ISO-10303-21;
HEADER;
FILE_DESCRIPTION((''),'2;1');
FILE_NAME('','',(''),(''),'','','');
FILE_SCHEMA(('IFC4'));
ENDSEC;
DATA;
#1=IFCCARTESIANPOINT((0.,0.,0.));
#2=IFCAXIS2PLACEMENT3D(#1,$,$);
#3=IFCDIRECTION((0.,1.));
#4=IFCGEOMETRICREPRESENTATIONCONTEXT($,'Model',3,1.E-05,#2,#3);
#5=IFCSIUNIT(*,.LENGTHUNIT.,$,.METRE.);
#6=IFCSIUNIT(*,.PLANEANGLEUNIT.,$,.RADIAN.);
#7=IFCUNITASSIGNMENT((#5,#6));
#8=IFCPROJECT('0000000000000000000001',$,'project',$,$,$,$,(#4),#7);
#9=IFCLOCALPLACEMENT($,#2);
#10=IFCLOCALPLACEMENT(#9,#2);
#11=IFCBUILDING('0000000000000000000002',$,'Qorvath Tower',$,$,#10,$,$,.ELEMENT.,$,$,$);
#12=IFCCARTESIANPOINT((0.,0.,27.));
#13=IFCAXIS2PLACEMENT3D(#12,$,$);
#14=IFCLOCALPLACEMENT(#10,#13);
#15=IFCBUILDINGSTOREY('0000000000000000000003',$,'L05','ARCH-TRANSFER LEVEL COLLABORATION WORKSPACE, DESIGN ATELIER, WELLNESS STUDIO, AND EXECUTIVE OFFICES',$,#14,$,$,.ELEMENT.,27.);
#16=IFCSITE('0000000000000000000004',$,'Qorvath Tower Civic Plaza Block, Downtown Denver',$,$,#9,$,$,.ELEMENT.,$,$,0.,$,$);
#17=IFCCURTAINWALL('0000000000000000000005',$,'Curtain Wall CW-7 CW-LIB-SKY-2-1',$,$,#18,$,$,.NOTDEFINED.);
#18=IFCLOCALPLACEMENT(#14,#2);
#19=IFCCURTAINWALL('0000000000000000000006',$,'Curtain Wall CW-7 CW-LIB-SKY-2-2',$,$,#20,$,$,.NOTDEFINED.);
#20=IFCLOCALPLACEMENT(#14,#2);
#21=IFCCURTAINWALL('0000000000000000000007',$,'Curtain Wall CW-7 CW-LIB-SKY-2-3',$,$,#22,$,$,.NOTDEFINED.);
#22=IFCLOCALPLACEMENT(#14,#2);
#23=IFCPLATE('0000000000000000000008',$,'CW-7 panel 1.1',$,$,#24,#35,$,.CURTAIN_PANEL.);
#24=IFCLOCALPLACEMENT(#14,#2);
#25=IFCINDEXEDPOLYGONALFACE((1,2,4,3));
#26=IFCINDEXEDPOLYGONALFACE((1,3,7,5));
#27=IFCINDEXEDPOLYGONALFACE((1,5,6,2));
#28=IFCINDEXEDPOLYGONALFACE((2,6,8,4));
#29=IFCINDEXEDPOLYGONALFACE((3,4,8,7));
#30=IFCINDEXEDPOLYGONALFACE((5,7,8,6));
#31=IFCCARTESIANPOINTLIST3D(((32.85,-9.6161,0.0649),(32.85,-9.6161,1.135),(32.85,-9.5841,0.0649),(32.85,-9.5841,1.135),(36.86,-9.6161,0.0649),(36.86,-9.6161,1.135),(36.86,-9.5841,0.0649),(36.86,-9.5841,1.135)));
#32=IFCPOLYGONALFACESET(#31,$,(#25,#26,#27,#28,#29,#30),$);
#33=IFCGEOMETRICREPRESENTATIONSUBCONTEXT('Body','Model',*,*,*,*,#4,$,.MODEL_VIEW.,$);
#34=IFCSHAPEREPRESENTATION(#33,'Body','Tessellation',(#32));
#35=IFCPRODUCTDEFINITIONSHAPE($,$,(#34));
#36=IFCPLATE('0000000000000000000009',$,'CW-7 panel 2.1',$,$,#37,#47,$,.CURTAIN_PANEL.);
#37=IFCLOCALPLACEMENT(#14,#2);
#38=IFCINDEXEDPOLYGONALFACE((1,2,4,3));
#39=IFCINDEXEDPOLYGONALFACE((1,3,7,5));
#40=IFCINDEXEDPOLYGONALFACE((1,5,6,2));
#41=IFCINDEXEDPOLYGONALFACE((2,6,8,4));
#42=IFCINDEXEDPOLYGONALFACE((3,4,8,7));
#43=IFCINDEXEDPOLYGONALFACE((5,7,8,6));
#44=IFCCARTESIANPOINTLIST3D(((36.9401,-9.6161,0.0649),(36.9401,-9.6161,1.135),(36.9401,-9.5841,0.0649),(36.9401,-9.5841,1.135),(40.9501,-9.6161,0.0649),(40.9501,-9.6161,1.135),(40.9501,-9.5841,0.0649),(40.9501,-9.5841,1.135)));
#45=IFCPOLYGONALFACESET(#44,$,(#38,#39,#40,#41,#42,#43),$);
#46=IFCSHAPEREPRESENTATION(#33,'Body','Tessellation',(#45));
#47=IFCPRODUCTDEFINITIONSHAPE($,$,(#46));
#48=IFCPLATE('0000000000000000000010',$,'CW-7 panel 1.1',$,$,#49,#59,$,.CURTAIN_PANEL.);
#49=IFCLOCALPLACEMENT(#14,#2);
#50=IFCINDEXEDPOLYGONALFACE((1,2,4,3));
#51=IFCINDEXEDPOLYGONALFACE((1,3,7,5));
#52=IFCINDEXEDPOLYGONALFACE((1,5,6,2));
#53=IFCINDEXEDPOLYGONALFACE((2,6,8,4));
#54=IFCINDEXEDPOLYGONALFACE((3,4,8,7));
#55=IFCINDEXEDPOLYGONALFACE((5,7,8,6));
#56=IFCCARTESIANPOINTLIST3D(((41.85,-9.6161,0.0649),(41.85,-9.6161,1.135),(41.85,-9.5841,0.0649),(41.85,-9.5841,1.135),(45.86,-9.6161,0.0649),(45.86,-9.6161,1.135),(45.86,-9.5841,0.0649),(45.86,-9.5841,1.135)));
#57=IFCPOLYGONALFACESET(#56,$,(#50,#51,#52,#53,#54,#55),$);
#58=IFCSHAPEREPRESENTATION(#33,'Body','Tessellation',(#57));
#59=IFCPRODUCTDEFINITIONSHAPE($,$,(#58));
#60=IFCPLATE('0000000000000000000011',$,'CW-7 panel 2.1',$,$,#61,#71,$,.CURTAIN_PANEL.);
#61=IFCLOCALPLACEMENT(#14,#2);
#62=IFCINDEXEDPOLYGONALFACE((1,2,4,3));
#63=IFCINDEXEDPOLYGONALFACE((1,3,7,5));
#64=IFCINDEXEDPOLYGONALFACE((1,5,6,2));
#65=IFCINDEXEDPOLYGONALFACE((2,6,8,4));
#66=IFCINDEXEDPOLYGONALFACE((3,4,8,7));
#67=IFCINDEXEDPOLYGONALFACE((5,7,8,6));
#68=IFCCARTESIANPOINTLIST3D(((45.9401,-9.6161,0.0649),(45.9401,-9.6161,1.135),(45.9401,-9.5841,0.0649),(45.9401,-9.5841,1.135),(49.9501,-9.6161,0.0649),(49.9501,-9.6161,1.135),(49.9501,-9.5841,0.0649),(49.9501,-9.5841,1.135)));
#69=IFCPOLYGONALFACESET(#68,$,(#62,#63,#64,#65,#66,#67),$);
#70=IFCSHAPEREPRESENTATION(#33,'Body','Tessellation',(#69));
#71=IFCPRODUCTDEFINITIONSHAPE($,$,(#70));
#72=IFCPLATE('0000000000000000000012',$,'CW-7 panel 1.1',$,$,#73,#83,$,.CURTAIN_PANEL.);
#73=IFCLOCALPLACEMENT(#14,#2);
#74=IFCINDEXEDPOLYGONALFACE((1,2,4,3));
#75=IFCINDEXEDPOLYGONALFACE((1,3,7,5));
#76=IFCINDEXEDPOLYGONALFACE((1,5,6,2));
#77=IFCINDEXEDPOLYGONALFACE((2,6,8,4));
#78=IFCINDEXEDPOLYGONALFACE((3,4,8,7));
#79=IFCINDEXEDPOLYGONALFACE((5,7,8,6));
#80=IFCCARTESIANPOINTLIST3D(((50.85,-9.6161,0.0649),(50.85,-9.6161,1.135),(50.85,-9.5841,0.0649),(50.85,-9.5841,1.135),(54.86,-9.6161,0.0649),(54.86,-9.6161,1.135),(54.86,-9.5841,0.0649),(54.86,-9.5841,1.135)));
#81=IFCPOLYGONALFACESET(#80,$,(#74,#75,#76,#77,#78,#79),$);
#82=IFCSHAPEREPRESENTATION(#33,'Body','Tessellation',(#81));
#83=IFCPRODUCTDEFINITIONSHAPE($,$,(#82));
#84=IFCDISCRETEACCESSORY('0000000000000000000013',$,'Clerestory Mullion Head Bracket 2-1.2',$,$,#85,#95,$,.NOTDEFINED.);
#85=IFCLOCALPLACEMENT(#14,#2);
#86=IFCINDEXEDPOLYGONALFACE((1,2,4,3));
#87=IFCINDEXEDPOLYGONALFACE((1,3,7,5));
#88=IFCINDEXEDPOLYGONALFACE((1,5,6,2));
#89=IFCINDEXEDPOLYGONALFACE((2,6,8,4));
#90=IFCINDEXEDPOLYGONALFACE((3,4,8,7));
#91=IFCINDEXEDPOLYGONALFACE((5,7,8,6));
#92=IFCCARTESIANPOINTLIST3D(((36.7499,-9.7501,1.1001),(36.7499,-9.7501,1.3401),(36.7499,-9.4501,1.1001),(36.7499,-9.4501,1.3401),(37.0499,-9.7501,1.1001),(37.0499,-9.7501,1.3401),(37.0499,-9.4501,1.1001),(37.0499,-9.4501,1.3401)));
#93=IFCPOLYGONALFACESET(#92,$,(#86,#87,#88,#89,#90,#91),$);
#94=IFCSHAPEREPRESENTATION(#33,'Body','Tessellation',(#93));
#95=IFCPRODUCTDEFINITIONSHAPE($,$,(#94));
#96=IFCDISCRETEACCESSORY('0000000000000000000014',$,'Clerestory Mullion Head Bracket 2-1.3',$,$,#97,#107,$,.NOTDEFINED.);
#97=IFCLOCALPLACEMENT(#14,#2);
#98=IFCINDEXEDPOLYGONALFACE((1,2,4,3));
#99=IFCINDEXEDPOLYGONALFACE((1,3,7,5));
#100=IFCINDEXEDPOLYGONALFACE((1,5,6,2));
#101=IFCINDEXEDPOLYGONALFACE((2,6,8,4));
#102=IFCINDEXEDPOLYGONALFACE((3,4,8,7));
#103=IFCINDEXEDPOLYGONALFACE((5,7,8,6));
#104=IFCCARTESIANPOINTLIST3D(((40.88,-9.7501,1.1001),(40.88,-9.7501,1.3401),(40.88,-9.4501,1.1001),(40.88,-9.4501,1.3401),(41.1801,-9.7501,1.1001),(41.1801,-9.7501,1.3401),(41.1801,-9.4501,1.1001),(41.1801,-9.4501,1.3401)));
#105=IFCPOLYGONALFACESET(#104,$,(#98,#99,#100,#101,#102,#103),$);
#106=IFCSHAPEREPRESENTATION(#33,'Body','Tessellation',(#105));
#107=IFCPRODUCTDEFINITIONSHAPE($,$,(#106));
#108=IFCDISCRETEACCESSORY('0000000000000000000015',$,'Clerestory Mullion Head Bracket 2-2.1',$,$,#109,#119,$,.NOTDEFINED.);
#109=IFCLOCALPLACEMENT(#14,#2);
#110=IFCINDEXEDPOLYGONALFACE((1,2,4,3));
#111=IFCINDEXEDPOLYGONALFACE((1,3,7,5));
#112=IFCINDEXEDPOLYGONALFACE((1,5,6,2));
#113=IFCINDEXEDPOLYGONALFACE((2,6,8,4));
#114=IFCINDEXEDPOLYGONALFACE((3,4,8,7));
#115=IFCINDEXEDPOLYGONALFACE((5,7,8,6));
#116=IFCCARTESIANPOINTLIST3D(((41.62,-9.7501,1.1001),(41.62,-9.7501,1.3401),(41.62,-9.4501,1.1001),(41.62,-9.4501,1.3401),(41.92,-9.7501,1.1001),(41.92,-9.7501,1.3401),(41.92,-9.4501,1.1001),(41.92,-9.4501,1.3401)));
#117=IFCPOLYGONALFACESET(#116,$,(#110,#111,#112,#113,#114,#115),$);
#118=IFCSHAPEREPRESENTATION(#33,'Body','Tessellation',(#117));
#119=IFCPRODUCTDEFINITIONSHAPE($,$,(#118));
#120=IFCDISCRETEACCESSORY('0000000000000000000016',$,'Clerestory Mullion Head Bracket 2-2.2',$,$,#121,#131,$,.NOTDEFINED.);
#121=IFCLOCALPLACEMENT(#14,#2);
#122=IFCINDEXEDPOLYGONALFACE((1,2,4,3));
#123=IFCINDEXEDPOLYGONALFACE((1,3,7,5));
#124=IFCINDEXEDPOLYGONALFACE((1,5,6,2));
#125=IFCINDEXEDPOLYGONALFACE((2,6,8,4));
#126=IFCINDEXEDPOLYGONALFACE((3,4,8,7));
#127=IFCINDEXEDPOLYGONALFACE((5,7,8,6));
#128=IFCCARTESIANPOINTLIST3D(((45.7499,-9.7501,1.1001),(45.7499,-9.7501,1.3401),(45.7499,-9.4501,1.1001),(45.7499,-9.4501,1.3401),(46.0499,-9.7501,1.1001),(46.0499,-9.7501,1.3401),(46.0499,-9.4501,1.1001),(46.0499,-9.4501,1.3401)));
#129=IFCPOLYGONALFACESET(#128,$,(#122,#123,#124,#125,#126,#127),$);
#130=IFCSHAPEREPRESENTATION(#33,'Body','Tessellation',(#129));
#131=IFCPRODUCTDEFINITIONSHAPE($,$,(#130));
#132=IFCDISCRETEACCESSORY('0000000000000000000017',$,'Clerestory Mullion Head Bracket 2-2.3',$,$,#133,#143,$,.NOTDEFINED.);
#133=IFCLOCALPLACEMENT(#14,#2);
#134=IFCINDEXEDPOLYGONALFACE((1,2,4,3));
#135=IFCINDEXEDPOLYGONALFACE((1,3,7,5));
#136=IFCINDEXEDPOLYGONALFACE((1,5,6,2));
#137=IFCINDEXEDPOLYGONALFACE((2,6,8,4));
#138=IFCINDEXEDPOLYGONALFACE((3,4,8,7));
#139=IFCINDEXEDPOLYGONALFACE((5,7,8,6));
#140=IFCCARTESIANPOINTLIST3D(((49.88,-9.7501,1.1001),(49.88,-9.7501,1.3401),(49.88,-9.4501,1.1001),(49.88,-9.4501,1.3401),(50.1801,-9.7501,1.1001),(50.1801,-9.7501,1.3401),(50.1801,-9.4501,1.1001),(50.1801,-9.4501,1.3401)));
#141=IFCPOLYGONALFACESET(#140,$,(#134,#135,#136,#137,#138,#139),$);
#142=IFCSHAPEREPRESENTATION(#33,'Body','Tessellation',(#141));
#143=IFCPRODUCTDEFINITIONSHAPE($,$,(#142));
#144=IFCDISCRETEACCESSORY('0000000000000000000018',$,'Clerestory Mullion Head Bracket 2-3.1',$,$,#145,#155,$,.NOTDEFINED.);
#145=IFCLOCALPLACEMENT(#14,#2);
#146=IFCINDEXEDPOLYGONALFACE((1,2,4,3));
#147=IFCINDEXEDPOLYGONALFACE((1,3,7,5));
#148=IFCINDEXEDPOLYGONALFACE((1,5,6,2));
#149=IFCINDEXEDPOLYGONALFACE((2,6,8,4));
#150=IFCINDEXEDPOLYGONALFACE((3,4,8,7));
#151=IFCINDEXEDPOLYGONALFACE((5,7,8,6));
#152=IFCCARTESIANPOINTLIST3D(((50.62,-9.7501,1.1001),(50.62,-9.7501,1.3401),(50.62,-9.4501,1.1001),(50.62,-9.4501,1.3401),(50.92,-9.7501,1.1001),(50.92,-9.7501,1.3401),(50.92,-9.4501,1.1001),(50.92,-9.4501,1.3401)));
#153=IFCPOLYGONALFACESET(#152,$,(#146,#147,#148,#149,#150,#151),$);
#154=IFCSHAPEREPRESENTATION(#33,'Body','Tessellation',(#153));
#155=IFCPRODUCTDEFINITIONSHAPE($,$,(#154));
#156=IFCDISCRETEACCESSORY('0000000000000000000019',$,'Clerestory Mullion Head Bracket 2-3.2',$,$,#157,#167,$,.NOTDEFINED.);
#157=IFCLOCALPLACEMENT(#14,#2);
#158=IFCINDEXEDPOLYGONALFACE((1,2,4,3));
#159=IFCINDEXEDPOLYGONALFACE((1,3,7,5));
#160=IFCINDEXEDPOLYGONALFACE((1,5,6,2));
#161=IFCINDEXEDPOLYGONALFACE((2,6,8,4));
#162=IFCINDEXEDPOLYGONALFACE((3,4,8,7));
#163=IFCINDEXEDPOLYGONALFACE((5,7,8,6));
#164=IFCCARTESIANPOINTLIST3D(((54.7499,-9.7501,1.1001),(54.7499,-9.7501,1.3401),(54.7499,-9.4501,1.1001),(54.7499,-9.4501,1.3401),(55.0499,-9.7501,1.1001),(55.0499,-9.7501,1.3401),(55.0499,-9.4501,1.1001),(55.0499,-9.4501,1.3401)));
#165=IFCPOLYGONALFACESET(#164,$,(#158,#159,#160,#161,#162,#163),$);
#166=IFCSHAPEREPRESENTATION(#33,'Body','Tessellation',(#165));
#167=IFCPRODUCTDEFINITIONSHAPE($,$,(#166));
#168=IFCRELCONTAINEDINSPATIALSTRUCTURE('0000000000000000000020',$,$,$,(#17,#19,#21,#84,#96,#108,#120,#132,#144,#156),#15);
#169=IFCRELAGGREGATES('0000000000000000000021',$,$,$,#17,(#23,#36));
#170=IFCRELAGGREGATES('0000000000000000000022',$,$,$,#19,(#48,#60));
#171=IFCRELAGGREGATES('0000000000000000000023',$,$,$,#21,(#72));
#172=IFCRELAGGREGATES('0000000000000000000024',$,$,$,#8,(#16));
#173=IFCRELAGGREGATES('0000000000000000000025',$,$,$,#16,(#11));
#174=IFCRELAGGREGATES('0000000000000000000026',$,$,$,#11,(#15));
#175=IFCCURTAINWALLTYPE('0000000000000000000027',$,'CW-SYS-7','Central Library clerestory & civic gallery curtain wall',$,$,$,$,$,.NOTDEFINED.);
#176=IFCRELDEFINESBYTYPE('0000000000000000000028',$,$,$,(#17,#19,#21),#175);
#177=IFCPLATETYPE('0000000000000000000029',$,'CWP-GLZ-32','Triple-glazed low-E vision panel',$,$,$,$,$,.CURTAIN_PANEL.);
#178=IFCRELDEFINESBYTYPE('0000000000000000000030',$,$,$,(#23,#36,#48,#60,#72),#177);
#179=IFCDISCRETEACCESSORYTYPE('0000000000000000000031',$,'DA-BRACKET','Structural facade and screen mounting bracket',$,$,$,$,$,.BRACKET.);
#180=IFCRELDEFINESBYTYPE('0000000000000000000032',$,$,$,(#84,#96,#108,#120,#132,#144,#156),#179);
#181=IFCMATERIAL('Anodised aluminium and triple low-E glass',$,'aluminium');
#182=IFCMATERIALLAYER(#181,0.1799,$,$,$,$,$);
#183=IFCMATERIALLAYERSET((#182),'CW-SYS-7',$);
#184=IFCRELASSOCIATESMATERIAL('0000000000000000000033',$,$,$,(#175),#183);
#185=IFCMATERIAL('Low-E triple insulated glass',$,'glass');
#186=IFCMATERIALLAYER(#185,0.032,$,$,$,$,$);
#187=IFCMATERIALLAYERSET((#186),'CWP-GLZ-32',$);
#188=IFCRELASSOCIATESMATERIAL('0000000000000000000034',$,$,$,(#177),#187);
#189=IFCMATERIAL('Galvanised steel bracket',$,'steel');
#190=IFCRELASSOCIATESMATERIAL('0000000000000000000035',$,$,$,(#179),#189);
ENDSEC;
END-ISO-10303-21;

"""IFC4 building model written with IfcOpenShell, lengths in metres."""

from ifc_helpers import new_model, si_unit, direction, frame, origin, origin_2d, place, context, subcontext, project, spatial, rectangle, extrude, material, layer, layer_set, type_object, element, aggregate, save


model = new_model("IFC4")

# Units and contexts
model_context = context("Model", 3, precision=1e-05, world=origin(), true_north=direction((0.0, 1.0)))
body_context = subcontext(model_context, "Body", "Model", "MODEL_VIEW")
ifc_project = project(units=[si_unit("LENGTHUNIT", "METRE"), si_unit("PLANEANGLEUNIT", "RADIAN")], contexts=[model_context])

# Site, building, storey
site_placement = place(None, origin())
site = spatial("IfcSite", under=ifc_project, at=site_placement, Name="Qorvath Tower Civic Plaza Block, Downtown Denver", CompositionType="ELEMENT", RefElevation=0.0)
building_placement = place(site_placement, origin())
building = spatial("IfcBuilding", under=site, at=building_placement, Name="Qorvath Tower", CompositionType="ELEMENT")
storey_placement = place(building_placement, frame((0.0, 0.0, 27.0)))
storey = spatial("IfcBuildingStorey", under=building, at=storey_placement, Name="L05", Description="ARCH-TRANSFER LEVEL COLLABORATION WORKSPACE, DESIGN ATELIER, WELLNESS STUDIO, AND EXECUTIVE OFFICES", CompositionType="ELEMENT", Elevation=27.0)

# Curtain walls
ifc_material_1 = material(Name="Anodised aluminium and triple low-E glass", Category="aluminium")
ifc_layer_1 = layer(ifc_material_1, 0.1799)
ifc_layer_set_1 = layer_set([ifc_layer_1], Name="CW-SYS-7")
curtain_wall_type = type_object("IfcCurtainWallType", Name="CW-SYS-7", Description="Central Library clerestory & civic gallery curtain wall", PredefinedType="NOTDEFINED", material=ifc_layer_set_1)
curtain_wall_1_placement = place(storey_placement, origin())
curtain_wall_1 = element("IfcCurtainWall", 1, at=curtain_wall_1_placement, inside=storey, type_object=curtain_wall_type, Name="Curtain Wall CW-7 CW-LIB-SKY-2-1", PredefinedType="NOTDEFINED")
curtain_wall_2_placement = place(storey_placement, origin())
curtain_wall_2 = element("IfcCurtainWall", 2, at=curtain_wall_2_placement, inside=storey, type_object=curtain_wall_type, Name="Curtain Wall CW-7 CW-LIB-SKY-2-2", PredefinedType="NOTDEFINED")
curtain_wall_3_placement = place(storey_placement, origin())
curtain_wall_3 = element("IfcCurtainWall", 3, at=curtain_wall_3_placement, inside=storey, type_object=curtain_wall_type, Name="Curtain Wall CW-7 CW-LIB-SKY-2-3", PredefinedType="NOTDEFINED")

# Plates
ifc_material_2 = material(Name="Low-E triple insulated glass", Category="glass")
ifc_layer_2 = layer(ifc_material_2, 0.032)
ifc_layer_set_2 = layer_set([ifc_layer_2], Name="CWP-GLZ-32")
plate_type = type_object("IfcPlateType", Name="CWP-GLZ-32", Description="Triple-glazed low-E vision panel", PredefinedType="CURTAIN_PANEL", material=ifc_layer_set_2)
plate_1_placement = place(storey_placement, frame((34.855, -9.6001, 0.0649), z_axis=(0.0, 0.0, 1.0), x_axis=(1.0, 0.0, 0.0)))
plate_1 = element("IfcPlate", 4, at=plate_1_placement, type_object=plate_type, Name="CW-7 panel 1.1", PredefinedType="CURTAIN_PANEL", context=body_context, shape_type="SweptSolid", body=[
    extrude(rectangle(XDim=4.01, YDim=0.032, at=origin_2d()), origin(), (0.0, 0.0, 1.0), 1.0701),
])
plate_2_placement = place(storey_placement, frame((38.9451, -9.6001, 0.0649), z_axis=(0.0, 0.0, 1.0), x_axis=(1.0, 0.0, 0.0)))
plate_2 = element("IfcPlate", 5, at=plate_2_placement, type_object=plate_type, Name="CW-7 panel 2.1", PredefinedType="CURTAIN_PANEL", context=body_context, shape_type="SweptSolid", body=[
    extrude(rectangle(XDim=4.01, YDim=0.032, at=origin_2d()), origin(), (0.0, 0.0, 1.0), 1.0701),
])
aggregate(curtain_wall_1, [plate_1, plate_2])
plate_3_placement = place(storey_placement, frame((43.855, -9.6001, 0.0649), z_axis=(0.0, 0.0, 1.0), x_axis=(1.0, 0.0, 0.0)))
plate_3 = element("IfcPlate", 6, at=plate_3_placement, type_object=plate_type, Name="CW-7 panel 1.1", PredefinedType="CURTAIN_PANEL", context=body_context, shape_type="SweptSolid", body=[
    extrude(rectangle(XDim=4.01, YDim=0.032, at=origin_2d()), origin(), (0.0, 0.0, 1.0), 1.0701),
])
plate_4_placement = place(storey_placement, frame((47.9451, -9.6001, 0.0649), z_axis=(0.0, 0.0, 1.0), x_axis=(1.0, 0.0, 0.0)))
plate_4 = element("IfcPlate", 7, at=plate_4_placement, type_object=plate_type, Name="CW-7 panel 2.1", PredefinedType="CURTAIN_PANEL", context=body_context, shape_type="SweptSolid", body=[
    extrude(rectangle(XDim=4.01, YDim=0.032, at=origin_2d()), origin(), (0.0, 0.0, 1.0), 1.0701),
])
aggregate(curtain_wall_2, [plate_3, plate_4])
plate_5_placement = place(storey_placement, frame((52.855, -9.6001, 0.0649), z_axis=(0.0, 0.0, 1.0), x_axis=(1.0, 0.0, 0.0)))
plate_5 = element("IfcPlate", 8, at=plate_5_placement, type_object=plate_type, Name="CW-7 panel 1.1", PredefinedType="CURTAIN_PANEL", context=body_context, shape_type="SweptSolid", body=[
    extrude(rectangle(XDim=4.01, YDim=0.032, at=origin_2d()), origin(), (0.0, 0.0, 1.0), 1.0701),
])
aggregate(curtain_wall_3, [plate_5])

# Discrete accessories
ifc_material_3 = material(Name="Galvanised steel bracket", Category="steel")
discrete_accessory_type = type_object("IfcDiscreteAccessoryType", Name="DA-BRACKET", Description="Structural facade and screen mounting bracket", PredefinedType="BRACKET", material=ifc_material_3)
for number, where, z_axis, x_axis, name in (
    (9, (36.8999, -9.6001, 1.1001), (0.0, 0.0, 1.0), (1.0, 0.0, 0.0), "Clerestory Mullion Head Bracket 2-1.2"),
    (10, (41.03, -9.6001, 1.1001), (0.0, 0.0, 1.0), (1.0, 0.0, 0.0), "Clerestory Mullion Head Bracket 2-1.3"),
    (11, (41.77, -9.6001, 1.1001), (0.0, 0.0, 1.0), (1.0, 0.0, 0.0), "Clerestory Mullion Head Bracket 2-2.1"),
    (12, (45.8999, -9.6001, 1.1001), (0.0, 0.0, 1.0), (1.0, 0.0, 0.0), "Clerestory Mullion Head Bracket 2-2.2"),
    (13, (50.03, -9.6001, 1.1001), (0.0, 0.0, 1.0), (1.0, 0.0, 0.0), "Clerestory Mullion Head Bracket 2-2.3"),
    (14, (50.77, -9.6001, 1.1001), (0.0, 0.0, 1.0), (1.0, 0.0, 0.0), "Clerestory Mullion Head Bracket 2-3.1"),
    (15, (54.8999, -9.6001, 1.1001), (0.0, 0.0, 1.0), (1.0, 0.0, 0.0), "Clerestory Mullion Head Bracket 2-3.2"),
):
    element("IfcDiscreteAccessory", number, at=place(storey_placement, frame(where, z_axis=z_axis, x_axis=x_axis)), inside=storey, type_object=discrete_accessory_type, Name=name, PredefinedType="NOTDEFINED", context=body_context, shape_type="SweptSolid", body=[
        extrude(rectangle(XDim=0.3, YDim=0.3, at=origin_2d()), origin(), (0.0, 0.0, 1.0), 0.24),
    ])

save(model, "model.ifc")
